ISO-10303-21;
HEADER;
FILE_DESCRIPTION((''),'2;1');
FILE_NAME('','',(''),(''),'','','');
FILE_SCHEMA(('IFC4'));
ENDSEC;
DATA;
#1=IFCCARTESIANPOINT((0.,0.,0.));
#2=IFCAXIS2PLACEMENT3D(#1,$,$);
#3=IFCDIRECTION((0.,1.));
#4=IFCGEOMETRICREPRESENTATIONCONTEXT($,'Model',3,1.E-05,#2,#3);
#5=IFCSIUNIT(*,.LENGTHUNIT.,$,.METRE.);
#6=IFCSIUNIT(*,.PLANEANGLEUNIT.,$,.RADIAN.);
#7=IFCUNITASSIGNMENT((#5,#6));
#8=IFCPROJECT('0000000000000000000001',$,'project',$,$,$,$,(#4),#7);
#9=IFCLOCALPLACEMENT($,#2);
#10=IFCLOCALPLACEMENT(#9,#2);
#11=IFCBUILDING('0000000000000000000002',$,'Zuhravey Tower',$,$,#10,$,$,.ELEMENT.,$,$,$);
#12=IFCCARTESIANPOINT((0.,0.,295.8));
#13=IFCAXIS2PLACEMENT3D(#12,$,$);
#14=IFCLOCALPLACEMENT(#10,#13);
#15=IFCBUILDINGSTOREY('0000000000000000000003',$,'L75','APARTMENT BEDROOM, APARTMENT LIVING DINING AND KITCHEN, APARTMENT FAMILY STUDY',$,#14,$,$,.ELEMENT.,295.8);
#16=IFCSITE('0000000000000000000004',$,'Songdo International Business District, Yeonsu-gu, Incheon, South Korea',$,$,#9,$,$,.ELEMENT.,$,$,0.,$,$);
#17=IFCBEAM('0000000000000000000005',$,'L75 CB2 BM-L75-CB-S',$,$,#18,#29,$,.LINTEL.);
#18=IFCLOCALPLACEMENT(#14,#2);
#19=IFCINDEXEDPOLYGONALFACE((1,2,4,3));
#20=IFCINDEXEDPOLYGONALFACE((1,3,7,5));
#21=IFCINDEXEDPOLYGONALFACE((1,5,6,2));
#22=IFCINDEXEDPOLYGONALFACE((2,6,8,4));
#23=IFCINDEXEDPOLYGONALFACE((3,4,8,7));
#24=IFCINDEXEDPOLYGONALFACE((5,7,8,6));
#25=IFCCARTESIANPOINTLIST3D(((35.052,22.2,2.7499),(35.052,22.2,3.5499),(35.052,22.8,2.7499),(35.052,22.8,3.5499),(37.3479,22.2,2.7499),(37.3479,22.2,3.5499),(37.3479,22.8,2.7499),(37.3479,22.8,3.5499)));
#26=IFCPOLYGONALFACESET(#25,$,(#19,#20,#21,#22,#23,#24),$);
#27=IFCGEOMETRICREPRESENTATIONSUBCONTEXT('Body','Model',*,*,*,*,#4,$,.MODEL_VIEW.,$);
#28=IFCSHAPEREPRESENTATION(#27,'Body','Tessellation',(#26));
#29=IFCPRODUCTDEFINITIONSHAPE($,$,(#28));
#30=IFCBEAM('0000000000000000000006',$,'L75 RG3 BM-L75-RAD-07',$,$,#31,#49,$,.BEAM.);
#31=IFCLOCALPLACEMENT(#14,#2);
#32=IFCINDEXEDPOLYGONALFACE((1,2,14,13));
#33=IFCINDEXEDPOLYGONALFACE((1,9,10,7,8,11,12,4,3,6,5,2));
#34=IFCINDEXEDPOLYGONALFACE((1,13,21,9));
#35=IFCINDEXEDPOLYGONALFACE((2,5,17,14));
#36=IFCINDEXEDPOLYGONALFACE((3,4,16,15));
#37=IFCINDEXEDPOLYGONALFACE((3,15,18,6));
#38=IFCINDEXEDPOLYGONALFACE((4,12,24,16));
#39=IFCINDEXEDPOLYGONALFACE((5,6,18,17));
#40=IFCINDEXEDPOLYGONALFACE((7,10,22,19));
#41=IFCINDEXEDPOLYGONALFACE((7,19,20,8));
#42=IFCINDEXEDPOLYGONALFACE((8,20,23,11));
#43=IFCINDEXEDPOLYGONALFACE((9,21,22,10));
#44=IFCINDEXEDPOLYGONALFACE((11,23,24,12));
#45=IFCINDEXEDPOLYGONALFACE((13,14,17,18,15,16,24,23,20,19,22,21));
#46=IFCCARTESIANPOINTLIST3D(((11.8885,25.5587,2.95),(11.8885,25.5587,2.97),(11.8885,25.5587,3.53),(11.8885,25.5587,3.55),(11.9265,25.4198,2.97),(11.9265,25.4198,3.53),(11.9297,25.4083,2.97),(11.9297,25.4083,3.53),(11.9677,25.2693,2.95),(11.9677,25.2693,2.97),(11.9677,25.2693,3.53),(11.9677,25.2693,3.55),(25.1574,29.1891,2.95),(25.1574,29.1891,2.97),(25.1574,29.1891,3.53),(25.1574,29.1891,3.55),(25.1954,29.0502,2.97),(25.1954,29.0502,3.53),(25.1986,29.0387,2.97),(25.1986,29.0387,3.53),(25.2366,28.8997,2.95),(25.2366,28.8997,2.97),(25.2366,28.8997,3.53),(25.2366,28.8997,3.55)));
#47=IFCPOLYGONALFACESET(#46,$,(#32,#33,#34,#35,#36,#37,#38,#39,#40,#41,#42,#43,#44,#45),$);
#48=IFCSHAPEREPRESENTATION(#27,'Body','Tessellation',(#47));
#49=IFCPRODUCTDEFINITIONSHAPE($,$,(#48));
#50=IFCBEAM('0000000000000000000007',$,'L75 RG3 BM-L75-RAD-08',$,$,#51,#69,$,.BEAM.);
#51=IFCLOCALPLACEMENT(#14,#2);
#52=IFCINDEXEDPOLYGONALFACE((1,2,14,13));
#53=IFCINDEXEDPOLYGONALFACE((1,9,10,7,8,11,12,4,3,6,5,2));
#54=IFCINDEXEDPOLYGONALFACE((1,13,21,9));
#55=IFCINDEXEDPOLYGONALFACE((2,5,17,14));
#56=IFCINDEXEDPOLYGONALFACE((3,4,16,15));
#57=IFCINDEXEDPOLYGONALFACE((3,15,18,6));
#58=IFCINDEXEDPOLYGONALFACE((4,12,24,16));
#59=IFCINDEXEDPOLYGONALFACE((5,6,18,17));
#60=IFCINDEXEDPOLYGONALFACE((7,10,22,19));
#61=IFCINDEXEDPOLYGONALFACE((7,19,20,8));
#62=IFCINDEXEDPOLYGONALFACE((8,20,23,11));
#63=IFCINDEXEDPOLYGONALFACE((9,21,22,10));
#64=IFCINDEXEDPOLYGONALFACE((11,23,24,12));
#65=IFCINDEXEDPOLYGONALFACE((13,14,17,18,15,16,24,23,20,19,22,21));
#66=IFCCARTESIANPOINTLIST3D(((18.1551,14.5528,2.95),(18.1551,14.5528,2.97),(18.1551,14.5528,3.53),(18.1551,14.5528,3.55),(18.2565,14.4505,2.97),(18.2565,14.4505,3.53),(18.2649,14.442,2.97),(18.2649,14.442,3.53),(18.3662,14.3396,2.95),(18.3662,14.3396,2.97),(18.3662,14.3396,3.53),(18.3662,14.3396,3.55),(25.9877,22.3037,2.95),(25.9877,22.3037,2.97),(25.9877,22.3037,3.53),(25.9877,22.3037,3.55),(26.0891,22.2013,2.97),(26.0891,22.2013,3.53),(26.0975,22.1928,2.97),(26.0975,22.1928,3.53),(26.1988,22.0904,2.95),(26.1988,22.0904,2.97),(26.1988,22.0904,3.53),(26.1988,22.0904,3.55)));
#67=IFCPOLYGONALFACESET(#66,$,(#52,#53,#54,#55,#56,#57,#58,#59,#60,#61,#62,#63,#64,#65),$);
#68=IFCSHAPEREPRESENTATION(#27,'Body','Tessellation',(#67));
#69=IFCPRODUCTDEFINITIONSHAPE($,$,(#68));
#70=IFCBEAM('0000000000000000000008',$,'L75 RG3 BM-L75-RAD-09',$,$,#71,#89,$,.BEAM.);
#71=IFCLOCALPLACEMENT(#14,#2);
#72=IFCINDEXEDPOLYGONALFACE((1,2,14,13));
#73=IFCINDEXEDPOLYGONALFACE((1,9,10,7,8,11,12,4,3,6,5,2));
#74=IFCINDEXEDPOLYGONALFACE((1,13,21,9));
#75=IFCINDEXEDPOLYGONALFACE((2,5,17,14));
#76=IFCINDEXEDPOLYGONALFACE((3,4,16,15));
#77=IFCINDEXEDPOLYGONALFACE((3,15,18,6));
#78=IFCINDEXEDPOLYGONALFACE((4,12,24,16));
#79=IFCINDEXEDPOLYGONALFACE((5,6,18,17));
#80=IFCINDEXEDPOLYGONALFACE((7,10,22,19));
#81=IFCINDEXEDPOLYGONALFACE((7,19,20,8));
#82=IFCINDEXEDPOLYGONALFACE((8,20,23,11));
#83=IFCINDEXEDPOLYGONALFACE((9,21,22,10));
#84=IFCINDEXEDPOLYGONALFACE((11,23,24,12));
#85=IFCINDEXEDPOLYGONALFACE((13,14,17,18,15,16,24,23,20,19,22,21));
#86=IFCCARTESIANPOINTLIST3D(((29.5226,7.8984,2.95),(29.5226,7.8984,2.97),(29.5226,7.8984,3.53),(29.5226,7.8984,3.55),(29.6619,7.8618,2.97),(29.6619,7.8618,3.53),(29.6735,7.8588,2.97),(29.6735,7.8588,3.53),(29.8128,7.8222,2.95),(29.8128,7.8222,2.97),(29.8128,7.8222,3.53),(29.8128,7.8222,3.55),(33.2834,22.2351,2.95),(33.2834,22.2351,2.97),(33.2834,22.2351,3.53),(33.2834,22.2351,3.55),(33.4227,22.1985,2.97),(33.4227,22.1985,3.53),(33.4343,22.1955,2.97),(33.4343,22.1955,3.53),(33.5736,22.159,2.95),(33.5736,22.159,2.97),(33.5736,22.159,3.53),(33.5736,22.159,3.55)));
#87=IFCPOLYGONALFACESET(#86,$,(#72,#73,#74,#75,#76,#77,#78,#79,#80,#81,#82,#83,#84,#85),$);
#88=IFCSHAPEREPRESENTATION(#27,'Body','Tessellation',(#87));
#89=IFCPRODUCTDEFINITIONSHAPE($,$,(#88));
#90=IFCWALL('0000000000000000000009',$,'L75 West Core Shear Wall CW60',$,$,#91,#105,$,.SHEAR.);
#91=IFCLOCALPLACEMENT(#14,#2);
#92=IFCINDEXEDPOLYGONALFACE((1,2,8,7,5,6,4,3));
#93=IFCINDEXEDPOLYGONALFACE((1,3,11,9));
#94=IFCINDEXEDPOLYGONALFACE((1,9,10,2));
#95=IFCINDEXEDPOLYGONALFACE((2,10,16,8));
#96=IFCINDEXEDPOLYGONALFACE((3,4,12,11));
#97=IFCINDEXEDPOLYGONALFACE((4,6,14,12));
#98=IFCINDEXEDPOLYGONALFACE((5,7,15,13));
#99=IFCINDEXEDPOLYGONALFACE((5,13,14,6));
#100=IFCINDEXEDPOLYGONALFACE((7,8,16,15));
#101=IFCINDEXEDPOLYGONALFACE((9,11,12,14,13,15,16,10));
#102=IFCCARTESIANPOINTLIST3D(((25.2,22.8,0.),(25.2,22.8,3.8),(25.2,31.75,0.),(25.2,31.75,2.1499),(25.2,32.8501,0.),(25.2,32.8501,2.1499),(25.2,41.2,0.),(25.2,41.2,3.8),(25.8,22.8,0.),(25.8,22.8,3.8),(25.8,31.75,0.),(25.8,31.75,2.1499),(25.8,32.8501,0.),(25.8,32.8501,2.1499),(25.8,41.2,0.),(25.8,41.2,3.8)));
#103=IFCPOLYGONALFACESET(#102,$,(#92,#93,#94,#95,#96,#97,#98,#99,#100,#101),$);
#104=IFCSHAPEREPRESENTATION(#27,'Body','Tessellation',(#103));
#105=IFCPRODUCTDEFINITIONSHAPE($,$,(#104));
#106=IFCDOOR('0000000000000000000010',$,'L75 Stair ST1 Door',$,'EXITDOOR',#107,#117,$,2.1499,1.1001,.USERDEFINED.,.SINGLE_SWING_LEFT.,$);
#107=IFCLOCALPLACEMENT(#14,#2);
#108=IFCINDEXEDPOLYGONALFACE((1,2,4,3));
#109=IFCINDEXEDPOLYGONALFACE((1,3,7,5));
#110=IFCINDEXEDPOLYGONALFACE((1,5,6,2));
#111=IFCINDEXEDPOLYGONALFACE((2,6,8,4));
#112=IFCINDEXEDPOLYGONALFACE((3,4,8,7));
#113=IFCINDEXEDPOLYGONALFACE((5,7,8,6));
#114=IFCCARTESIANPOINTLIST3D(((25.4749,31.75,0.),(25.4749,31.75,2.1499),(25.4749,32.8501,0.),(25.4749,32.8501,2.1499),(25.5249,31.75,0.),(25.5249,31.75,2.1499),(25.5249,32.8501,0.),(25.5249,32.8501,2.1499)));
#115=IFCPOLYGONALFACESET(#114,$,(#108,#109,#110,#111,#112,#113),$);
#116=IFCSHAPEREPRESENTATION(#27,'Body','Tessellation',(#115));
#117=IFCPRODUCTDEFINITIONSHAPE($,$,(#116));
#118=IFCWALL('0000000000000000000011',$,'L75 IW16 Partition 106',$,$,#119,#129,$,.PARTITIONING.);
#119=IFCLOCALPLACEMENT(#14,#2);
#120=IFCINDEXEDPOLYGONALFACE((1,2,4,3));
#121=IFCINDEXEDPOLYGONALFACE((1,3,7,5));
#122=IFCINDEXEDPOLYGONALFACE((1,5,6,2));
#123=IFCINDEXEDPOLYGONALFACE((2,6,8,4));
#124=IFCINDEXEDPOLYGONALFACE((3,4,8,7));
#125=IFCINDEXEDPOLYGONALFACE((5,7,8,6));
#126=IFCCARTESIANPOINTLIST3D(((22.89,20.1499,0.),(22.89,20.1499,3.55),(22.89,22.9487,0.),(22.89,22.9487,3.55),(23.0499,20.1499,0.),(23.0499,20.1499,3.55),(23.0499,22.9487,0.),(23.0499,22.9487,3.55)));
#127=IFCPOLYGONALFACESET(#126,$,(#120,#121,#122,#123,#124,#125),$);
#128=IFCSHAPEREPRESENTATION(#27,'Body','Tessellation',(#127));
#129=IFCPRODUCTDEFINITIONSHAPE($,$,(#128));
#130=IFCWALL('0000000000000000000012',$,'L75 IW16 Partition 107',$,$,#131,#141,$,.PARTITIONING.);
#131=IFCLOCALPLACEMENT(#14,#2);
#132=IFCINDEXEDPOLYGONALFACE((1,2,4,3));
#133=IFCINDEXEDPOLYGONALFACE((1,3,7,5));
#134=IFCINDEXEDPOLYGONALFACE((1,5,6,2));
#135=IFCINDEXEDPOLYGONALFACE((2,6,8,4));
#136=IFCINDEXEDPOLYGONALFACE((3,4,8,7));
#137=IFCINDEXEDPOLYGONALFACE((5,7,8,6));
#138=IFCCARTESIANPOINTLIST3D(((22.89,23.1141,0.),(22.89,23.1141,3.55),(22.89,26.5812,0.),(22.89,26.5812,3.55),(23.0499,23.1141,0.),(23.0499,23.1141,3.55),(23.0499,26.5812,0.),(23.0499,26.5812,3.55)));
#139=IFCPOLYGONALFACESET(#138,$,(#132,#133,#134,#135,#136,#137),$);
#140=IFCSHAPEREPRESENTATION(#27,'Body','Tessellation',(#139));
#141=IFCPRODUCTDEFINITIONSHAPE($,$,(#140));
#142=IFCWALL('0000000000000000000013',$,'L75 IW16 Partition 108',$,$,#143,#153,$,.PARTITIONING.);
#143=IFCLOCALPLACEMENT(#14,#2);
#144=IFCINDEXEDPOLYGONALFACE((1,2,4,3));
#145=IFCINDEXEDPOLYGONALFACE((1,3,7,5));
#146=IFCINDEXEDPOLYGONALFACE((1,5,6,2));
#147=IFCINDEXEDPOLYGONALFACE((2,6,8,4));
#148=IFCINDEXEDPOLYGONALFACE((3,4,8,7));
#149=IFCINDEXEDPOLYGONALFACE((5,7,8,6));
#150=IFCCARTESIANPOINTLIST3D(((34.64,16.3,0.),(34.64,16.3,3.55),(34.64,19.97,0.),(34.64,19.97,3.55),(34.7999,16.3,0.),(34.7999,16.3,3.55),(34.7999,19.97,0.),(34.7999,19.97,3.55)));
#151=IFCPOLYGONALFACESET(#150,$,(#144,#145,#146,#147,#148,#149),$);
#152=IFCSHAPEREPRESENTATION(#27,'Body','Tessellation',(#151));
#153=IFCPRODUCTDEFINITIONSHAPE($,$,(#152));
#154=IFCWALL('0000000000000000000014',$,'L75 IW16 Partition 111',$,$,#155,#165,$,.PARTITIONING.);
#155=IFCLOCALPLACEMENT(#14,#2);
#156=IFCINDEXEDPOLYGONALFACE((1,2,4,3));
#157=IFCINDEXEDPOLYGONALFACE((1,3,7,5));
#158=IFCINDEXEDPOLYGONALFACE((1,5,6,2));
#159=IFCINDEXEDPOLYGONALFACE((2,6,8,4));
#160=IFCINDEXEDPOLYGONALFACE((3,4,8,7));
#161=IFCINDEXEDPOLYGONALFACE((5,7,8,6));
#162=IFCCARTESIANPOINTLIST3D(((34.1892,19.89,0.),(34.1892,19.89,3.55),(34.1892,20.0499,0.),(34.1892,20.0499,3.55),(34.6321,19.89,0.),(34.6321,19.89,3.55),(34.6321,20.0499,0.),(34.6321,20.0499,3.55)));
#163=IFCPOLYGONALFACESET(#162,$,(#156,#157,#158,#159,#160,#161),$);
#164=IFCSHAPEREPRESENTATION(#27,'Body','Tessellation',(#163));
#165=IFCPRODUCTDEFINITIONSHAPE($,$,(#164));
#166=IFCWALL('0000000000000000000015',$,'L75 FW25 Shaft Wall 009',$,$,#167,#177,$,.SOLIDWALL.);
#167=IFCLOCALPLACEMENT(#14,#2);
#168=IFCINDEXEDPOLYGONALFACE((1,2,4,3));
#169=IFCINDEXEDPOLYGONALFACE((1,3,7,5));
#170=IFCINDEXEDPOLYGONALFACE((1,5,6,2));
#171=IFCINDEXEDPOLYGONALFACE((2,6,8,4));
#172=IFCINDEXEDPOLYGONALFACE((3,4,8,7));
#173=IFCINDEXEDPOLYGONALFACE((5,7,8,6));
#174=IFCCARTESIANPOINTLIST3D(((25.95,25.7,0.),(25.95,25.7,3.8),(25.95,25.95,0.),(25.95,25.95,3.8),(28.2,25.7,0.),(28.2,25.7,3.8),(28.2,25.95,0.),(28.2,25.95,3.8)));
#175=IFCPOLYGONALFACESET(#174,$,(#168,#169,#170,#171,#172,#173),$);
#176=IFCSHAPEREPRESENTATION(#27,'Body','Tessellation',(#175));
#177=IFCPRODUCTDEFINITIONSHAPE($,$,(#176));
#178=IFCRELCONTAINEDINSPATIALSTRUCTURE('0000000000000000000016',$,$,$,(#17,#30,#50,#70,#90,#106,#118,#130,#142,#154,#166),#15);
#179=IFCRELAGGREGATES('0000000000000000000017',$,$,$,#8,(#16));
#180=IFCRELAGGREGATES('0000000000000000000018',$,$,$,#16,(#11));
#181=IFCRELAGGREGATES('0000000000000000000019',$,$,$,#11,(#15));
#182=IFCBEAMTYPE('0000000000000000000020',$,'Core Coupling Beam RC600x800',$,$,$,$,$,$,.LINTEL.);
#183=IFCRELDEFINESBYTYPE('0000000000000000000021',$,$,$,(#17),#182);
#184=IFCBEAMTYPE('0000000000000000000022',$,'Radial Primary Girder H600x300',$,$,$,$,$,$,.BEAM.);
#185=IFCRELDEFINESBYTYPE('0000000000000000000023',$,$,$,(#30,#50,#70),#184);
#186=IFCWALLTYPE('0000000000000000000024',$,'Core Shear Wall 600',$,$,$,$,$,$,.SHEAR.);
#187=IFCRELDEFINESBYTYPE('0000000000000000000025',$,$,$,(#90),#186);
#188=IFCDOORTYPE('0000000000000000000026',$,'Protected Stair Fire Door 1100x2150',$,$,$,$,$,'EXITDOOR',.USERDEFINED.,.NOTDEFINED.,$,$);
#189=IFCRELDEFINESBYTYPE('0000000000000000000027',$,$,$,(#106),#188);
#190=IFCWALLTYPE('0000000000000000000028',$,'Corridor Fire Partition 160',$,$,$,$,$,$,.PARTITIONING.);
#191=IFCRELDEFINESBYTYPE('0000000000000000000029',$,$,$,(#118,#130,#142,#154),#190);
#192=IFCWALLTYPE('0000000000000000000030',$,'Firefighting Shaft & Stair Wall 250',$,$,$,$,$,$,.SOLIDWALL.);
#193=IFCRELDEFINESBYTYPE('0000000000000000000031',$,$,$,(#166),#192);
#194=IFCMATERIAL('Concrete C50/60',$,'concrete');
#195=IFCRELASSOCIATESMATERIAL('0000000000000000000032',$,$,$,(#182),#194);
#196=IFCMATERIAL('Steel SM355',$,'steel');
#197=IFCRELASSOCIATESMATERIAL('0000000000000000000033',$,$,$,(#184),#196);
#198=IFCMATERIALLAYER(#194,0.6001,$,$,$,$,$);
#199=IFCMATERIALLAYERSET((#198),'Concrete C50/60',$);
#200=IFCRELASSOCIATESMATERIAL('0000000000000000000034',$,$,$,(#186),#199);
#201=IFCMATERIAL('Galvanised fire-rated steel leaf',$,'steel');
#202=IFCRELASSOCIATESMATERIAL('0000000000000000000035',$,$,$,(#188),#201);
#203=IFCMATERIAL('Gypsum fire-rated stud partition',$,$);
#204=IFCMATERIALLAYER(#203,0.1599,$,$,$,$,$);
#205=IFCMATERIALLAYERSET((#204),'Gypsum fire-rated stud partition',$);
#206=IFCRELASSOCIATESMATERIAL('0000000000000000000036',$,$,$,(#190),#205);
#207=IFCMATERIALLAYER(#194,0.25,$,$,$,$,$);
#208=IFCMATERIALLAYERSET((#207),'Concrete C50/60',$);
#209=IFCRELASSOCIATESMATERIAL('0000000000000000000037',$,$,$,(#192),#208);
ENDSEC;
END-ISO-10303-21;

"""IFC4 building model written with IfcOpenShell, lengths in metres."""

from ifc_helpers import new_model, si_unit, direction, frame, frame_2d, origin, origin_2d, place, context, subcontext, project, spatial, rectangle, i_section, extrude, material, layer, layer_set, material_profile, profile_set, type_object, element, fill, save


model = new_model("IFC4")

# Units and contexts
model_context = context("Model", 3, precision=1e-05, world=origin(), true_north=direction((0.0, 1.0)))
body_context = subcontext(model_context, "Body", "Model", "MODEL_VIEW")
ifc_project = project(units=[si_unit("LENGTHUNIT", "METRE"), si_unit("PLANEANGLEUNIT", "RADIAN")], contexts=[model_context])

# Site, building, storey
site_placement = place(None, origin())
site = spatial("IfcSite", under=ifc_project, at=site_placement, Name="Songdo International Business District, Yeonsu-gu, Incheon, South Korea", CompositionType="ELEMENT", RefElevation=0.0)
building_placement = place(site_placement, origin())
building = spatial("IfcBuilding", under=site, at=building_placement, Name="Zuhravey Tower", CompositionType="ELEMENT")
storey_placement = place(building_placement, frame((0.0, 0.0, 295.8)))
storey = spatial("IfcBuildingStorey", under=building, at=storey_placement, Name="L75", Description="APARTMENT BEDROOM, APARTMENT LIVING DINING AND KITCHEN, APARTMENT FAMILY STUDY", CompositionType="ELEMENT", Elevation=295.8)

# Beams
ifc_material_1 = material(Name="Concrete C50/60", Category="concrete")
ifc_material_profile_1 = material_profile(ifc_material_1, rectangle(XDim=0.6001, YDim=0.8, at=origin_2d()), Name="RC-600x800")
ifc_profile_set_1 = profile_set([ifc_material_profile_1], Name="Concrete C50/60")
beam_type_1 = type_object("IfcBeamType", Name="Core Coupling Beam RC600x800", PredefinedType="LINTEL", material=ifc_profile_set_1)
beam_1_placement = place(storey_placement, frame((35.052, 22.5, 3.1499), z_axis=(1.0, 0.0, 0.0), x_axis=(0.0, 1.0, 0.0)))
element("IfcBeam", 1, at=beam_1_placement, inside=storey, type_object=beam_type_1, Name="L75 CB2 BM-L75-CB-S", PredefinedType="LINTEL", context=body_context, shape_type="SweptSolid", body=[
    extrude(rectangle(XDim=0.6001, YDim=0.8, at=origin_2d()), origin(), (0.0, 0.0, 1.0), 2.2959),
])
ifc_material_2 = material(Name="Steel SM355", Category="steel")
ifc_material_profile_2 = material_profile(ifc_material_2, i_section(OverallWidth=0.3, OverallDepth=0.6001, WebThickness=0.012, FlangeThickness=0.02, at=origin_2d()), Name="H-600x300x12x20")
ifc_profile_set_2 = profile_set([ifc_material_profile_2], Name="Steel SM355")
beam_type_2 = type_object("IfcBeamType", Name="Radial Primary Girder H600x300", PredefinedType="BEAM", material=ifc_profile_set_2)
beam_2_placement = place(storey_placement, frame((25.197, 29.0444, 3.25), z_axis=(-0.964549, -0.263903, 0.0), x_axis=(0.263903, -0.964549, 0.0)))
element("IfcBeam", 2, at=beam_2_placement, inside=storey, type_object=beam_type_2, Name="L75 RG3 BM-L75-RAD-07", PredefinedType="BEAM", context=body_context, shape_type="SweptSolid", body=[
    extrude(i_section(OverallWidth=0.3, OverallDepth=0.6001, WebThickness=0.012, FlangeThickness=0.02, at=origin_2d()), origin(), (0.0, 0.0, 1.0), 13.7566),
])
beam_3_placement = place(storey_placement, frame((26.0933, 22.197, 3.25), z_axis=(-0.710808, -0.703386, 0.0), x_axis=(0.703386, -0.710808, 0.0)))
element("IfcBeam", 3, at=beam_3_placement, inside=storey, type_object=beam_type_2, Name="L75 RG3 BM-L75-RAD-08", PredefinedType="BEAM", context=body_context, shape_type="SweptSolid", body=[
    extrude(i_section(OverallWidth=0.3, OverallDepth=0.6001, WebThickness=0.012, FlangeThickness=0.02, at=origin_2d()), origin(), (0.0, 0.0, 1.0), 11.0193),
])
beam_4_placement = place(storey_placement, frame((33.4285, 22.197, 3.25), z_axis=(-0.253732, -0.967275, 0.0), x_axis=(0.967275, -0.253732, 0.0)))
element("IfcBeam", 4, at=beam_4_placement, inside=storey, type_object=beam_type_2, Name="L75 RG3 BM-L75-RAD-09", PredefinedType="BEAM", context=body_context, shape_type="SweptSolid", body=[
    extrude(i_section(OverallWidth=0.3, OverallDepth=0.6001, WebThickness=0.012, FlangeThickness=0.02, at=origin_2d()), origin(), (0.0, 0.0, 1.0), 14.8218),
])

# Wall, opening, door
ifc_layer_1 = layer(ifc_material_1, 0.6001)
ifc_layer_set_1 = layer_set([ifc_layer_1], Name="Concrete C50/60")
wall_type_1 = type_object("IfcWallType", Name="Core Shear Wall 600", PredefinedType="SHEAR", material=ifc_layer_set_1)
ifc_material_3 = material(Name="Galvanised fire-rated steel leaf", Category="steel")
wall_1_placement = place(storey_placement, frame((25.5, 22.8, 0.0), z_axis=(0.0, 0.0, 1.0), x_axis=(0.0, 1.0, 0.0)))
wall_1 = element("IfcWall", 5, at=wall_1_placement, inside=storey, type_object=wall_type_1, Name="L75 West Core Shear Wall CW60", PredefinedType="SHEAR", context=body_context, shape_type="SweptSolid", body=[
    extrude(rectangle(XDim=18.3999, YDim=0.6001, at=frame_2d((9.2, 0.0))), origin(), (0.0, 0.0, 1.0), 3.8),
])
opening_1_placement = place(wall_1_placement, frame((8.95, 0.0, 0.0)))
opening_1 = element("IfcOpeningElement", 6, at=opening_1_placement, cuts=wall_1, PredefinedType="OPENING", context=body_context, shape_type="SweptSolid", body=[
    extrude(rectangle(XDim=1.1001, YDim=2.1499, at=frame_2d((0.55, 1.075))), frame((0.0, 0.312, 0.0), z_axis=(0.0, -1.0, 0.0), x_axis=(1.0, 0.0, 0.0)), (0.0, 0.0, 1.0), 0.624),
])
door_type_1 = type_object("IfcDoorType", Name="Protected Stair Fire Door 1100x2150", ElementType="EXITDOOR", OperationType="NOTDEFINED", PredefinedType="USERDEFINED", material=ifc_material_3)
door_1_placement = place(opening_1_placement, frame((1.1001, 0.0, 0.0), z_axis=(0.0, 0.0, 1.0), x_axis=(-1.0, 0.0, 0.0)))
door_1 = element("IfcDoor", 7, at=door_1_placement, inside=storey, type_object=door_type_1, Name="L75 Stair ST1 Door", ObjectType="EXITDOOR", OperationType="SINGLE_SWING_LEFT", OverallHeight=2.1499, OverallWidth=1.1001, PredefinedType="USERDEFINED", context=body_context, shape_type="SweptSolid", body=[
    extrude(rectangle(XDim=1.1001, YDim=2.1499, at=frame_2d((0.55, 1.075))), frame((0.0, 0.0249, 0.0), z_axis=(0.0, -1.0, 0.0), x_axis=(1.0, 0.0, 0.0)), (0.0, 0.0, 1.0), 0.05),
])
fill(opening_1, door_1)

# Walls
ifc_material_4 = material(Name="Gypsum fire-rated stud partition")
ifc_layer_2 = layer(ifc_material_4, 0.1599)
ifc_layer_set_2 = layer_set([ifc_layer_2], Name="Gypsum fire-rated stud partition")
wall_type_2 = type_object("IfcWallType", Name="Corridor Fire Partition 160", PredefinedType="PARTITIONING", material=ifc_layer_set_2)
wall_2_placement = place(storey_placement, frame((22.97, 22.9487, 0.0), z_axis=(0.0, 0.0, 1.0), x_axis=(0.0, -1.0, 0.0)))
element("IfcWall", 8, at=wall_2_placement, inside=storey, type_object=wall_type_2, Name="L75 IW16 Partition 106", PredefinedType="PARTITIONING", context=body_context, shape_type="SweptSolid", body=[
    extrude(rectangle(XDim=2.7988, YDim=0.1599, at=frame_2d((1.3994, 0.0))), origin(), (0.0, 0.0, 1.0), 3.55),
])
wall_3_placement = place(storey_placement, frame((22.97, 26.5811, 0.0), z_axis=(0.0, 0.0, 1.0), x_axis=(0.0, -1.0, 0.0)))
element("IfcWall", 9, at=wall_3_placement, inside=storey, type_object=wall_type_2, Name="L75 IW16 Partition 107", PredefinedType="PARTITIONING", context=body_context, shape_type="SweptSolid", body=[
    extrude(rectangle(XDim=3.467, YDim=0.1599, at=frame_2d((1.7334, 0.0))), origin(), (0.0, 0.0, 1.0), 3.55),
])
wall_4_placement = place(storey_placement, frame((34.72, 19.97, 0.0), z_axis=(0.0, 0.0, 1.0), x_axis=(0.0, -1.0, 0.0)))
element("IfcWall", 10, at=wall_4_placement, inside=storey, type_object=wall_type_2, Name="L75 IW16 Partition 108", PredefinedType="PARTITIONING", context=body_context, shape_type="SweptSolid", body=[
    extrude(rectangle(XDim=3.6699, YDim=0.1599, at=frame_2d((1.835, 0.0))), origin(), (0.0, 0.0, 1.0), 3.55),
])
wall_5_placement = place(storey_placement, frame((34.1892, 19.97, 0.0), z_axis=(0.0, 0.0, 1.0), x_axis=(1.0, 0.0, 0.0)))
element("IfcWall", 11, at=wall_5_placement, inside=storey, type_object=wall_type_2, Name="L75 IW16 Partition 111", PredefinedType="PARTITIONING", context=body_context, shape_type="SweptSolid", body=[
    extrude(rectangle(XDim=0.4429, YDim=0.1599, at=frame_2d((0.2214, 0.0))), origin(), (0.0, 0.0, 1.0), 3.55),
])

# Shared definitions
ifc_layer_3 = layer(ifc_material_1, 0.25)
ifc_layer_set_3 = layer_set([ifc_layer_3], Name="Concrete C50/60")
wall_type_3 = type_object("IfcWallType", Name="Firefighting Shaft & Stair Wall 250", PredefinedType="SOLIDWALL", material=ifc_layer_set_3)

# Wall
for number, where, z_axis, x_axis, name in (
    (12, (25.95, 25.825, 0.0), (0.0, 0.0, 1.0), (1.0, 0.0, 0.0), "L75 FW25 Shaft Wall 009"),
):
    element("IfcWall", number, at=place(storey_placement, frame(where, z_axis=z_axis, x_axis=x_axis)), inside=storey, type_object=wall_type_3, Name=name, PredefinedType="SOLIDWALL", context=body_context, shape_type="SweptSolid", body=[
        extrude(rectangle(XDim=2.25, YDim=0.25, at=frame_2d((1.125, 0.0))), origin(), (0.0, 0.0, 1.0), 3.8),
    ])

save(model, "model.ifc")
